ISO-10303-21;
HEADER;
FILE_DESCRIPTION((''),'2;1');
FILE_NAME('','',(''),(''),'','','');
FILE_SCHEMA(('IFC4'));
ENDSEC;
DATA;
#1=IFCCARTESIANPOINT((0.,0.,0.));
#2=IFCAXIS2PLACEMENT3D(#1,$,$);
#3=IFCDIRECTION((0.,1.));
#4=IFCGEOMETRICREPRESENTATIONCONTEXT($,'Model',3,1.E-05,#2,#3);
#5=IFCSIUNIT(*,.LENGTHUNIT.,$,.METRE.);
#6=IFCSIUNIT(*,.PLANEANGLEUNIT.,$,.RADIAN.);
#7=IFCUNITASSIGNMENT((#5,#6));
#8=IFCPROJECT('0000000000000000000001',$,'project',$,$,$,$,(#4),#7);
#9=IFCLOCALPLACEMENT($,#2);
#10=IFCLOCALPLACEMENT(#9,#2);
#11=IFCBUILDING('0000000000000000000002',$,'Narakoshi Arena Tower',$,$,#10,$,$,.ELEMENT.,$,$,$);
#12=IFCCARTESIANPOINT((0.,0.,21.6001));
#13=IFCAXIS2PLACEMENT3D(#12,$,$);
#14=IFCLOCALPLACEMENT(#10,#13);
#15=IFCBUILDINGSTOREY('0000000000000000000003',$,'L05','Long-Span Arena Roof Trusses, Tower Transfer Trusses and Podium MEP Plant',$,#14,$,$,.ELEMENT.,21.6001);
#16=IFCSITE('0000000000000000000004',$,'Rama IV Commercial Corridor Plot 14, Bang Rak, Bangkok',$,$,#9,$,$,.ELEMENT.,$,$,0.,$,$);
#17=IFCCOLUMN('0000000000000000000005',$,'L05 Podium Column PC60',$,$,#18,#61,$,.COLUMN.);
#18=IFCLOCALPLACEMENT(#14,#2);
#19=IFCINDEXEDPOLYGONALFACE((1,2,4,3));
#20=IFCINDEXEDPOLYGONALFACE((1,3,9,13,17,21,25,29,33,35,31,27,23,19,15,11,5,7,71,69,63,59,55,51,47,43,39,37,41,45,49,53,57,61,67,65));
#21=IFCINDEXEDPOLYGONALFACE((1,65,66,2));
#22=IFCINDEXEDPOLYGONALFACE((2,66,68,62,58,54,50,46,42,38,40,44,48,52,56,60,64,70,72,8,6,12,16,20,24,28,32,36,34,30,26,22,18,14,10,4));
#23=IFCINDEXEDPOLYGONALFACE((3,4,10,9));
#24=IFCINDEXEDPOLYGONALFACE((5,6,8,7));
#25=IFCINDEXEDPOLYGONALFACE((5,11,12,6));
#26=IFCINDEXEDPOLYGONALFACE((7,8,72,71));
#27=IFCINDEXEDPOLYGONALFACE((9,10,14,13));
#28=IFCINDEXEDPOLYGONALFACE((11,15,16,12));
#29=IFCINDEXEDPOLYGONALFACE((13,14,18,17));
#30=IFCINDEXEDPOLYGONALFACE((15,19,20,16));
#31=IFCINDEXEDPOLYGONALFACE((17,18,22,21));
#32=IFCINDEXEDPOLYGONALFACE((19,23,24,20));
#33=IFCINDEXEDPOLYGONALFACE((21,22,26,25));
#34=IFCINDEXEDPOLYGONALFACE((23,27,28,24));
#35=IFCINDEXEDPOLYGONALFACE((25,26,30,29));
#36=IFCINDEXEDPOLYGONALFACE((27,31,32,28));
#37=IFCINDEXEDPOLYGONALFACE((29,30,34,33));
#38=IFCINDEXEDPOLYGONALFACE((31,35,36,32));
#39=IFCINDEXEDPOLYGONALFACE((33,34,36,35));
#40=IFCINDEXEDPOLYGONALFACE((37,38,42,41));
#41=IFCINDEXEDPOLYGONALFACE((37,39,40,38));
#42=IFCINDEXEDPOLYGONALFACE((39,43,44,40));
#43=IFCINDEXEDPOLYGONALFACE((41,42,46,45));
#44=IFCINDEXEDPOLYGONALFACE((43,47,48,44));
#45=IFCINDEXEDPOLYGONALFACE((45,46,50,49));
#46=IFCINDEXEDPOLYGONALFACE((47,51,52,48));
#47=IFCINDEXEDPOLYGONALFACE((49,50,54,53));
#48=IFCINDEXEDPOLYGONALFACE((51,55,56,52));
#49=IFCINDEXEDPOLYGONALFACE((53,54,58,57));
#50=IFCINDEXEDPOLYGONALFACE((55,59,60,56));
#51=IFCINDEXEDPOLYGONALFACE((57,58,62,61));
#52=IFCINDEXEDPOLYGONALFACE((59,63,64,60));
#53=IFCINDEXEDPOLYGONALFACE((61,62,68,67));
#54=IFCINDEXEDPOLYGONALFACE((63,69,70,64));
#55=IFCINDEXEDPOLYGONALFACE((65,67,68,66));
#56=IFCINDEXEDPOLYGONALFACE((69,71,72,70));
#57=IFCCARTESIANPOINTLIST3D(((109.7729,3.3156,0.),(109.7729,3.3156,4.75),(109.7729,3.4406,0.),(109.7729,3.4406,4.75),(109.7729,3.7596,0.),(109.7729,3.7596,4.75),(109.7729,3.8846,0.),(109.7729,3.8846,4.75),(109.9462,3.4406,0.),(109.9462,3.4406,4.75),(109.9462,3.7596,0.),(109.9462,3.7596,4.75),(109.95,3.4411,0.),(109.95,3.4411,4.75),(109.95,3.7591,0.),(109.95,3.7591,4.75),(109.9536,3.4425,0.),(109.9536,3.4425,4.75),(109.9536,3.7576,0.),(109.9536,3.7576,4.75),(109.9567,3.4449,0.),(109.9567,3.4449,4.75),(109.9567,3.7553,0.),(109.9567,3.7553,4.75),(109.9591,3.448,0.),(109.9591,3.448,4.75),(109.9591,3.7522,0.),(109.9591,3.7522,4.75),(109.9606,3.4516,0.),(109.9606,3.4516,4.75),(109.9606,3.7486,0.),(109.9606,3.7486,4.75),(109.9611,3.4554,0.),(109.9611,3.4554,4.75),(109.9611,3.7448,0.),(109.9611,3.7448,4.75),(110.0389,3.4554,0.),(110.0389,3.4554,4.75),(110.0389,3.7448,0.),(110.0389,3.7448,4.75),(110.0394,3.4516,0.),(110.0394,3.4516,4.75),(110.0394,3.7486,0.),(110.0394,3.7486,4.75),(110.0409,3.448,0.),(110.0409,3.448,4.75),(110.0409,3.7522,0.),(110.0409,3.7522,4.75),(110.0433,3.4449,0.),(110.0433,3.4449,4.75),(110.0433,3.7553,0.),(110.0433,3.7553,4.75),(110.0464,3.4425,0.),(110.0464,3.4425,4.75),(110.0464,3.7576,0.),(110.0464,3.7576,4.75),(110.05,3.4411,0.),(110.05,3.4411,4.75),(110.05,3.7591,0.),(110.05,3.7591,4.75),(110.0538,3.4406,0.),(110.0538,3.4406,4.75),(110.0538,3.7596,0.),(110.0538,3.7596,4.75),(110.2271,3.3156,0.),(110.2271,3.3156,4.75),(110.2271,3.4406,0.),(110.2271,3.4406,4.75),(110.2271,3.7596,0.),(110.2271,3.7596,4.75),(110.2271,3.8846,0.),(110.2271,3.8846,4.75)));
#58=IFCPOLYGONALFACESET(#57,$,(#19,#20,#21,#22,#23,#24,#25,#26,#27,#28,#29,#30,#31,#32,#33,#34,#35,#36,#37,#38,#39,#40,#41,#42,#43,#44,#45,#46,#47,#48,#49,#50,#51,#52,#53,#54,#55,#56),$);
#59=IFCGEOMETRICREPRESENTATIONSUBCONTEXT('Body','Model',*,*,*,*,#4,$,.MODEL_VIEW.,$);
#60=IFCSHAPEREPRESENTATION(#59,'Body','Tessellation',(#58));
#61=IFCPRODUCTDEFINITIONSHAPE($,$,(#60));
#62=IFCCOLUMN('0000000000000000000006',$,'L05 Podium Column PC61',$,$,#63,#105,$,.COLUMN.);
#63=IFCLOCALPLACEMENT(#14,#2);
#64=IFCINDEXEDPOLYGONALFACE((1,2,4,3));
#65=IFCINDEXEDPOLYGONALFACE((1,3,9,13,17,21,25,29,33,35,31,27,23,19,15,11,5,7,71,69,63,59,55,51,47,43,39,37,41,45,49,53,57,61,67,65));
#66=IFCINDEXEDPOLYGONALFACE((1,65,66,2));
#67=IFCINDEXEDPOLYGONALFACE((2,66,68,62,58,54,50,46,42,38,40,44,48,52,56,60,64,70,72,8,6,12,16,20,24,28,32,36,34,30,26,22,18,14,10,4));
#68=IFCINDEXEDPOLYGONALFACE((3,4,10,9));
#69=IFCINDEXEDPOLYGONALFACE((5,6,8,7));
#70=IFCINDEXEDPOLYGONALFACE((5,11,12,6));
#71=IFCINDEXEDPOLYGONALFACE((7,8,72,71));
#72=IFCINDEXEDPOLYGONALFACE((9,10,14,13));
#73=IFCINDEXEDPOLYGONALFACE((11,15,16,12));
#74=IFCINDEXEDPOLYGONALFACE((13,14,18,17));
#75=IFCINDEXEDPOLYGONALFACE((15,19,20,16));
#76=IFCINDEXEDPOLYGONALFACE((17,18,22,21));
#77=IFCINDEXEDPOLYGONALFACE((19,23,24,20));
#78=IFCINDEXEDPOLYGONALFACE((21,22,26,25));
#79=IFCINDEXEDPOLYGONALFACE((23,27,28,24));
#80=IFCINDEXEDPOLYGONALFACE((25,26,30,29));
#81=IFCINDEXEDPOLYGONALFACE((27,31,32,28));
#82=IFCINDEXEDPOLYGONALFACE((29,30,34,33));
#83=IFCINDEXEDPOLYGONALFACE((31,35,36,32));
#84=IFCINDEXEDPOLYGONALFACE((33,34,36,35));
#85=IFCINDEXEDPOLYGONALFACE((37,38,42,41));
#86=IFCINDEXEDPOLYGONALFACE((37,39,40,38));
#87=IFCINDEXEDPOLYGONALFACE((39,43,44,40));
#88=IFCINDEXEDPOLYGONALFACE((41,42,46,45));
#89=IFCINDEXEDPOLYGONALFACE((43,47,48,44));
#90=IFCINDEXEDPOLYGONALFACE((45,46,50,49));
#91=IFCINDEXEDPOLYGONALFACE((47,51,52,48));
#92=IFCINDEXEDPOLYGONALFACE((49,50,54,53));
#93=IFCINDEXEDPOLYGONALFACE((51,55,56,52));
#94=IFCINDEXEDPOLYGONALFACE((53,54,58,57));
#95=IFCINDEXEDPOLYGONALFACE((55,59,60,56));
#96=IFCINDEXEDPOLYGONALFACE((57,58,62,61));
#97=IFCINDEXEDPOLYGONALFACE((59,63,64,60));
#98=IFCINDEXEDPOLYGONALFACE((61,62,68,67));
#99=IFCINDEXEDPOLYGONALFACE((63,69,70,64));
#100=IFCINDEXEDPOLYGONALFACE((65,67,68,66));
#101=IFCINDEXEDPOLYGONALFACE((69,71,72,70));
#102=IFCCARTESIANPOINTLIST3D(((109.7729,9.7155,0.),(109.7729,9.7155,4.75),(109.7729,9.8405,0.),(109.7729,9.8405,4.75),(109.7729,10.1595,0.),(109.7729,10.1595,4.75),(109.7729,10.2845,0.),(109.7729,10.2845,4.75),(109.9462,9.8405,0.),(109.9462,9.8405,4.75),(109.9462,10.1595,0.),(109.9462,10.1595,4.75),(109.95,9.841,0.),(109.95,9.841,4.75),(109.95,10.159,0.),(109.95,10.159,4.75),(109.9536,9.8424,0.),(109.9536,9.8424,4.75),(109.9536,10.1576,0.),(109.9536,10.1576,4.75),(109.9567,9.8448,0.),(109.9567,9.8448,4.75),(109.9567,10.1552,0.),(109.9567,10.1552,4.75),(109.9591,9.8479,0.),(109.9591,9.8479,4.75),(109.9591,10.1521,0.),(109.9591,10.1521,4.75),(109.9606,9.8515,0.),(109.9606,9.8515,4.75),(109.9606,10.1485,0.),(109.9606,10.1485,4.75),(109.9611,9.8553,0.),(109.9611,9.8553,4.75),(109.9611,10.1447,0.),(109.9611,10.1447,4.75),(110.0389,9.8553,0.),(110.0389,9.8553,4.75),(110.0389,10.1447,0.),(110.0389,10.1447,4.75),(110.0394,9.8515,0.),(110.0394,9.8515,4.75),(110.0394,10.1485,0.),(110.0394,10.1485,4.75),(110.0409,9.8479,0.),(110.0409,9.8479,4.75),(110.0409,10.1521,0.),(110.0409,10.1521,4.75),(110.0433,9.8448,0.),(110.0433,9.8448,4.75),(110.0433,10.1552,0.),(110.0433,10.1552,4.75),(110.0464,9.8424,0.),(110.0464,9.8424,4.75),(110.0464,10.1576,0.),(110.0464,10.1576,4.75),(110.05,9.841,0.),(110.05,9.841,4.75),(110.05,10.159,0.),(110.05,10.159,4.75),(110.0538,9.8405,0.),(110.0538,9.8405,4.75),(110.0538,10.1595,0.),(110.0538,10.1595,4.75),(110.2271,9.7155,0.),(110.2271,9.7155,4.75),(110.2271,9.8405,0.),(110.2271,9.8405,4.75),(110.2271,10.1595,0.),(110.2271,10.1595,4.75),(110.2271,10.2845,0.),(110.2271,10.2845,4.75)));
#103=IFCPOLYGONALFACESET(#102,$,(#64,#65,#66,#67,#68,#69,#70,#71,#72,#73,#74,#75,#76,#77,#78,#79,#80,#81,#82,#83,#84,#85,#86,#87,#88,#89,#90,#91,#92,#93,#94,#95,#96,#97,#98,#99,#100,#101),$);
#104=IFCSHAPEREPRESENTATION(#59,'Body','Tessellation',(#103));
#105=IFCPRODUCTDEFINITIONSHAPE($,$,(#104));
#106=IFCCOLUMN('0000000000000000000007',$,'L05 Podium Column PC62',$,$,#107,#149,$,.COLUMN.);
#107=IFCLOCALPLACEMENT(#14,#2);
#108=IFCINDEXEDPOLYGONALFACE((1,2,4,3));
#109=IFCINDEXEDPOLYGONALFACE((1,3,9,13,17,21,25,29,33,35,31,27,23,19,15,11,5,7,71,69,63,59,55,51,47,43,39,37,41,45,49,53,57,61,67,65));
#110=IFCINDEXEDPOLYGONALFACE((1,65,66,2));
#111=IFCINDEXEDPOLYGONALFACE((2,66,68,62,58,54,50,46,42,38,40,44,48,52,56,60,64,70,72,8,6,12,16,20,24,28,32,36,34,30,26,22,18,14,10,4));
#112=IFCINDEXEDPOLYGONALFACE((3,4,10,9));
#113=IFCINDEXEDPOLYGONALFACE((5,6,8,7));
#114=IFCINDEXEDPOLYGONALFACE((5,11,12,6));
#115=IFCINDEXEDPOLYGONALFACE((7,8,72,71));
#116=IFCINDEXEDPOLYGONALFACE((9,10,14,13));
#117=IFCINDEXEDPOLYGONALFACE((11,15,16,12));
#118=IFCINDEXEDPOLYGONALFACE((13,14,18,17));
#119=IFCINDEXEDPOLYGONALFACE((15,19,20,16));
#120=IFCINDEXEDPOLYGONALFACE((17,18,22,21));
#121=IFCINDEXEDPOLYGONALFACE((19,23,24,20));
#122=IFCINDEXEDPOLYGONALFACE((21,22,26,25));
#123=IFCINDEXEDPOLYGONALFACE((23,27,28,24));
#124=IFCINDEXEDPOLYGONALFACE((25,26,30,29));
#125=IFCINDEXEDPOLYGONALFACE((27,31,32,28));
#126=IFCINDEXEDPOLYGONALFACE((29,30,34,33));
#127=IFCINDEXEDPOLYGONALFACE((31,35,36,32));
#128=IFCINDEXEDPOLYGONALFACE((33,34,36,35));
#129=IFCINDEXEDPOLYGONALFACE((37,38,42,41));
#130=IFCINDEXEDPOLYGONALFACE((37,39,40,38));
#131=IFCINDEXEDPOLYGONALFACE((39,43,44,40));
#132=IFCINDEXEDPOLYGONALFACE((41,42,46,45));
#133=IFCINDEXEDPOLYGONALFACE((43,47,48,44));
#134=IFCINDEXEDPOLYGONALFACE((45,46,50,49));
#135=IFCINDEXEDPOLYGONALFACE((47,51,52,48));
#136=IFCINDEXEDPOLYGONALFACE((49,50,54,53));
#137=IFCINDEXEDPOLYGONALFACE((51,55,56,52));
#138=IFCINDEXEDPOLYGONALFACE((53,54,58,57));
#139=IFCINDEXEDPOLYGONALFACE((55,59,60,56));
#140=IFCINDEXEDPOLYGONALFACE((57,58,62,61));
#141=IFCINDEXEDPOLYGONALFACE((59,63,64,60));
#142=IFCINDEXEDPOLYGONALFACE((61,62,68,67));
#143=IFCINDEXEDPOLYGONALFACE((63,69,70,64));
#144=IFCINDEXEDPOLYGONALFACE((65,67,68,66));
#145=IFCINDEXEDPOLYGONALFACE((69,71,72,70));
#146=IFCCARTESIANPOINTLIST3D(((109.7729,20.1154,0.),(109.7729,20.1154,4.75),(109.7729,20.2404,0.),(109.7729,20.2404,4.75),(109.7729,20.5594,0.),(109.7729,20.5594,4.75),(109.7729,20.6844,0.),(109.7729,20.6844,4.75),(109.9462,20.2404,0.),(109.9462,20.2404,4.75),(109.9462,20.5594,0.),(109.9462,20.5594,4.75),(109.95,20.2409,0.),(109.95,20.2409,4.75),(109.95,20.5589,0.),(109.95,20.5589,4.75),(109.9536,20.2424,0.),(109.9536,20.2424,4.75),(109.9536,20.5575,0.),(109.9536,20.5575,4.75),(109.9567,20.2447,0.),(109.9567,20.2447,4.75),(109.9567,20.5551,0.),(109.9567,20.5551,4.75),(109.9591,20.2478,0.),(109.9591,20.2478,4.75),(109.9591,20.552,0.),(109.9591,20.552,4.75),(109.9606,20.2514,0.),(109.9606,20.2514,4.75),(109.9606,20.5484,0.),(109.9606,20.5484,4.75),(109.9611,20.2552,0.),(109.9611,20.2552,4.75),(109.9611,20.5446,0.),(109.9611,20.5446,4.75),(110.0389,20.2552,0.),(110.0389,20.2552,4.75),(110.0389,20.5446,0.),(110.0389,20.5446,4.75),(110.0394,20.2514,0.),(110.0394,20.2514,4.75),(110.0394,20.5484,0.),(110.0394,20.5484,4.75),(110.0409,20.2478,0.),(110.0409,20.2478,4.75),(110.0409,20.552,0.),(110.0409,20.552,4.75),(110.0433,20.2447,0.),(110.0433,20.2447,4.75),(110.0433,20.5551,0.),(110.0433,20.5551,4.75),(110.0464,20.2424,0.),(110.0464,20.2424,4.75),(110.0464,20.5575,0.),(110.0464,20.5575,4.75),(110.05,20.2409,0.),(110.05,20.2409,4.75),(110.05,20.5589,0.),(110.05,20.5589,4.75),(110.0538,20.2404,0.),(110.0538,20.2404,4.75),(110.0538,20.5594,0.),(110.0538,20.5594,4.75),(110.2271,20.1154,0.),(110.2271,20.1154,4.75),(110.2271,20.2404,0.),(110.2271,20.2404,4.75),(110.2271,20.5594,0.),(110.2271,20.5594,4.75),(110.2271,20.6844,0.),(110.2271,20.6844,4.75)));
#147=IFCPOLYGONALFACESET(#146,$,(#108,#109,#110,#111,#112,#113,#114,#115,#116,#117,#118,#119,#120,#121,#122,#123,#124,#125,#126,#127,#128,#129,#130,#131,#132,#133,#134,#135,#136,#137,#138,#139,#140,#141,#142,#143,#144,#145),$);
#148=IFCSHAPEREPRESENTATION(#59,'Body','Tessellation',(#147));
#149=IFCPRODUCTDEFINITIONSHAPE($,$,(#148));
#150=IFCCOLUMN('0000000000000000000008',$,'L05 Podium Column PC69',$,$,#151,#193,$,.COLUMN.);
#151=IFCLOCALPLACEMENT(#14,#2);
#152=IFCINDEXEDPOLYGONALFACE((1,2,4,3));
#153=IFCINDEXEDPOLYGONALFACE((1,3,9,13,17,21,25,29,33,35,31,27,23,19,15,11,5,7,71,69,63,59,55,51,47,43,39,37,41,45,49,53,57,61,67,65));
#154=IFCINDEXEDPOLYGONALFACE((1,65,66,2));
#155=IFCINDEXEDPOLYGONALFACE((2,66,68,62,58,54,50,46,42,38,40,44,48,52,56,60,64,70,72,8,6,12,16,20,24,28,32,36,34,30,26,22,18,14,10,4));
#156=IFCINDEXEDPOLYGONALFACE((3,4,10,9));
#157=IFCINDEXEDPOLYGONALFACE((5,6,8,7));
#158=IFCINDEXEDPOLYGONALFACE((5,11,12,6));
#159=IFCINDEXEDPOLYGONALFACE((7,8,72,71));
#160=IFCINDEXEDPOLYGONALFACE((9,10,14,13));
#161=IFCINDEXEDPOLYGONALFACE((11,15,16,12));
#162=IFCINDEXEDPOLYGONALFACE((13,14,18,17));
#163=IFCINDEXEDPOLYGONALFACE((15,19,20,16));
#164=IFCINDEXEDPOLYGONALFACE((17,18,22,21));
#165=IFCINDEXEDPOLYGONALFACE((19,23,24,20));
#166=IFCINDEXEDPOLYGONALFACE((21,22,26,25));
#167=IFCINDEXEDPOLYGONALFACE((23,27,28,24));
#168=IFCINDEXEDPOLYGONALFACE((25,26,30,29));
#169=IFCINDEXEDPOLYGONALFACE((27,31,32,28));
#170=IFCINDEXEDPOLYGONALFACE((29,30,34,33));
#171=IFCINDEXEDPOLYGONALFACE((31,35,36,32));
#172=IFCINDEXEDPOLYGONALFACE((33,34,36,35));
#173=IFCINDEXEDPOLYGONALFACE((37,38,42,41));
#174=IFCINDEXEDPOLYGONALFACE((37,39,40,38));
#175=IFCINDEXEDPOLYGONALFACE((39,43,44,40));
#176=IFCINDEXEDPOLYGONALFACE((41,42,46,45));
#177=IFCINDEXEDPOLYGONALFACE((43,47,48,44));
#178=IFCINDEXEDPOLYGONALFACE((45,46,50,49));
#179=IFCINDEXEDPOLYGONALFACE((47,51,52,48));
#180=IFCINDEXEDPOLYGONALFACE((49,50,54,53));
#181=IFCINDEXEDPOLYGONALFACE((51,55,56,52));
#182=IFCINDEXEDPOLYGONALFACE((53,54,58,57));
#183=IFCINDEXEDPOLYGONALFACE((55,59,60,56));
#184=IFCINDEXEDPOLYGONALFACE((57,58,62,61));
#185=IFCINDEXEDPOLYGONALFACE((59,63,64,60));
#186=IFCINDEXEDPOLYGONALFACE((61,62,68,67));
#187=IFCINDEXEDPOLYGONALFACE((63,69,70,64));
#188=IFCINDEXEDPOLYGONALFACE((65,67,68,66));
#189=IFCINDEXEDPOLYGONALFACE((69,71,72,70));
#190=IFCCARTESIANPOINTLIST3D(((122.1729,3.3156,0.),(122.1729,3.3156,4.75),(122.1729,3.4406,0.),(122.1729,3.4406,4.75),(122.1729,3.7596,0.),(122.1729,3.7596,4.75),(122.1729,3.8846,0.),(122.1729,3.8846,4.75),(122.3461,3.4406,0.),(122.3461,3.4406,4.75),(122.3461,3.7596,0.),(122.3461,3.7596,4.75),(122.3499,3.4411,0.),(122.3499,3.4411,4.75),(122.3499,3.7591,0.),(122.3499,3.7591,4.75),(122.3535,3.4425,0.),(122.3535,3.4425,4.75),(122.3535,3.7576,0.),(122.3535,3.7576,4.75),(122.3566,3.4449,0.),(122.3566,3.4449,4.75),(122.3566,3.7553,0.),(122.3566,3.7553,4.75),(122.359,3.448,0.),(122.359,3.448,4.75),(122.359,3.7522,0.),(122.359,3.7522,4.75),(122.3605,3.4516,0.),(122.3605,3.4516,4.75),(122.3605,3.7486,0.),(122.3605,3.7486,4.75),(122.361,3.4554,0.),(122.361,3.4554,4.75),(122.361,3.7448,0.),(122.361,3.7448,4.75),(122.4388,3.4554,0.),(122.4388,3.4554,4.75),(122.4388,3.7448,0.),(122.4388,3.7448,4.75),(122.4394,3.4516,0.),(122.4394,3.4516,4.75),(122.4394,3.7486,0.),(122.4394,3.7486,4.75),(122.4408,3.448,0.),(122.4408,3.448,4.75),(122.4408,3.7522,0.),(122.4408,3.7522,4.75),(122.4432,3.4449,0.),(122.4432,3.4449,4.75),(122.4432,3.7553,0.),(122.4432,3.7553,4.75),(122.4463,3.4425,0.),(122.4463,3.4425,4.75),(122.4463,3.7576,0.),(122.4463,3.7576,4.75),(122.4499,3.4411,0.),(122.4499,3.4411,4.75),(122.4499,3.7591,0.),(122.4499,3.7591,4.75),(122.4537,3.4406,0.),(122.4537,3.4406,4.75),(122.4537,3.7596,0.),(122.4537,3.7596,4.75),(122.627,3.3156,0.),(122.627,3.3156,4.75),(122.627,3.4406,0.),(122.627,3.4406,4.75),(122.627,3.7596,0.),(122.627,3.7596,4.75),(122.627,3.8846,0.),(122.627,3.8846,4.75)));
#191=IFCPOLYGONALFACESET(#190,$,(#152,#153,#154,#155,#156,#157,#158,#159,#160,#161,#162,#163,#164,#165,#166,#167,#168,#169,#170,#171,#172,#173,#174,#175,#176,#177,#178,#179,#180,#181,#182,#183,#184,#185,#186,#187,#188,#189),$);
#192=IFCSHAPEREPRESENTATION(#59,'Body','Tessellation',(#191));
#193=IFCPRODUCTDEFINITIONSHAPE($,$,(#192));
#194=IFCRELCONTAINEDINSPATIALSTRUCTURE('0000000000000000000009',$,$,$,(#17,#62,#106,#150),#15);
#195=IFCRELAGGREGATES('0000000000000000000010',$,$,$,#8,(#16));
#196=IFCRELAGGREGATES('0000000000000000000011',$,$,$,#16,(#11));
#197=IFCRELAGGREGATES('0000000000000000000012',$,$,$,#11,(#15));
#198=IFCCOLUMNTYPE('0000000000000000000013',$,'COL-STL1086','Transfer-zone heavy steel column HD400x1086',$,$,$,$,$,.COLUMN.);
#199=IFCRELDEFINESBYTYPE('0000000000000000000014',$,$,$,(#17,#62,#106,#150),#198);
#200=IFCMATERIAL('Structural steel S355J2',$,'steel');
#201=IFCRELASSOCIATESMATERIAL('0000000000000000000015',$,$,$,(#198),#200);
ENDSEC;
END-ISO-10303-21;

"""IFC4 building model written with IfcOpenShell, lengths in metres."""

from ifc_helpers import new_model, si_unit, direction, frame, origin, origin_2d, place, context, subcontext, project, spatial, i_section, extrude, material, material_profile, profile_set, type_object, element, save


model = new_model("IFC4")

# Units and contexts
model_context = context("Model", 3, precision=1e-05, world=origin(), true_north=direction((0.0, 1.0)))
body_context = subcontext(model_context, "Body", "Model", "MODEL_VIEW")
ifc_project = project(units=[si_unit("LENGTHUNIT", "METRE"), si_unit("PLANEANGLEUNIT", "RADIAN")], contexts=[model_context])

# Site, building, storey
site_placement = place(None, origin())
site = spatial("IfcSite", under=ifc_project, at=site_placement, Name="Rama IV Commercial Corridor Plot 14, Bang Rak, Bangkok", CompositionType="ELEMENT", RefElevation=0.0)
building_placement = place(site_placement, origin())
building = spatial("IfcBuilding", under=site, at=building_placement, Name="Narakoshi Arena Tower", CompositionType="ELEMENT")
storey_placement = place(building_placement, frame((0.0, 0.0, 21.6001)))
storey = spatial("IfcBuildingStorey", under=building, at=storey_placement, Name="L05", Description="Long-Span Arena Roof Trusses, Tower Transfer Trusses and Podium MEP Plant", CompositionType="ELEMENT", Elevation=21.6001)

# Columns
ifc_material_1 = material(Name="Structural steel S355J2", Category="steel")
ifc_material_profile_1 = material_profile(ifc_material_1, i_section(OverallWidth=0.4541, OverallDepth=0.5691, WebThickness=0.0779, FlangeThickness=0.125, FilletRadius=0.0149, at=origin_2d()), Name="HD400x1086")
ifc_profile_set_1 = profile_set([ifc_material_profile_1], Name="Structural steel S355J2")
column_type = type_object("IfcColumnType", Name="COL-STL1086", Description="Transfer-zone heavy steel column HD400x1086", PredefinedType="COLUMN", material=ifc_profile_set_1)
for number, where, z_axis, x_axis, name in (
    (1, (110.0, 3.6001, 0.0), (0.0, 0.0, 1.0), (1.0, 0.0, 0.0), "L05 Podium Column PC60"),
    (2, (110.0, 10.0, 0.0), (0.0, 0.0, 1.0), (1.0, 0.0, 0.0), "L05 Podium Column PC61"),
    (3, (110.0, 20.3999, 0.0), (0.0, 0.0, 1.0), (1.0, 0.0, 0.0), "L05 Podium Column PC62"),
    (4, (122.3999, 3.6001, 0.0), (0.0, 0.0, 1.0), (1.0, 0.0, 0.0), "L05 Podium Column PC69"),
):
    element("IfcColumn", number, at=place(storey_placement, frame(where, z_axis=z_axis, x_axis=x_axis)), inside=storey, type_object=column_type, Name=name, PredefinedType="COLUMN", context=body_context, shape_type="SweptSolid", body=[
        extrude(i_section(OverallWidth=0.4541, OverallDepth=0.5691, WebThickness=0.0779, FlangeThickness=0.125, FilletRadius=0.0149, at=origin_2d()), origin(), (0.0, 0.0, 1.0), 4.75),
    ])

save(model, "model.ifc")
